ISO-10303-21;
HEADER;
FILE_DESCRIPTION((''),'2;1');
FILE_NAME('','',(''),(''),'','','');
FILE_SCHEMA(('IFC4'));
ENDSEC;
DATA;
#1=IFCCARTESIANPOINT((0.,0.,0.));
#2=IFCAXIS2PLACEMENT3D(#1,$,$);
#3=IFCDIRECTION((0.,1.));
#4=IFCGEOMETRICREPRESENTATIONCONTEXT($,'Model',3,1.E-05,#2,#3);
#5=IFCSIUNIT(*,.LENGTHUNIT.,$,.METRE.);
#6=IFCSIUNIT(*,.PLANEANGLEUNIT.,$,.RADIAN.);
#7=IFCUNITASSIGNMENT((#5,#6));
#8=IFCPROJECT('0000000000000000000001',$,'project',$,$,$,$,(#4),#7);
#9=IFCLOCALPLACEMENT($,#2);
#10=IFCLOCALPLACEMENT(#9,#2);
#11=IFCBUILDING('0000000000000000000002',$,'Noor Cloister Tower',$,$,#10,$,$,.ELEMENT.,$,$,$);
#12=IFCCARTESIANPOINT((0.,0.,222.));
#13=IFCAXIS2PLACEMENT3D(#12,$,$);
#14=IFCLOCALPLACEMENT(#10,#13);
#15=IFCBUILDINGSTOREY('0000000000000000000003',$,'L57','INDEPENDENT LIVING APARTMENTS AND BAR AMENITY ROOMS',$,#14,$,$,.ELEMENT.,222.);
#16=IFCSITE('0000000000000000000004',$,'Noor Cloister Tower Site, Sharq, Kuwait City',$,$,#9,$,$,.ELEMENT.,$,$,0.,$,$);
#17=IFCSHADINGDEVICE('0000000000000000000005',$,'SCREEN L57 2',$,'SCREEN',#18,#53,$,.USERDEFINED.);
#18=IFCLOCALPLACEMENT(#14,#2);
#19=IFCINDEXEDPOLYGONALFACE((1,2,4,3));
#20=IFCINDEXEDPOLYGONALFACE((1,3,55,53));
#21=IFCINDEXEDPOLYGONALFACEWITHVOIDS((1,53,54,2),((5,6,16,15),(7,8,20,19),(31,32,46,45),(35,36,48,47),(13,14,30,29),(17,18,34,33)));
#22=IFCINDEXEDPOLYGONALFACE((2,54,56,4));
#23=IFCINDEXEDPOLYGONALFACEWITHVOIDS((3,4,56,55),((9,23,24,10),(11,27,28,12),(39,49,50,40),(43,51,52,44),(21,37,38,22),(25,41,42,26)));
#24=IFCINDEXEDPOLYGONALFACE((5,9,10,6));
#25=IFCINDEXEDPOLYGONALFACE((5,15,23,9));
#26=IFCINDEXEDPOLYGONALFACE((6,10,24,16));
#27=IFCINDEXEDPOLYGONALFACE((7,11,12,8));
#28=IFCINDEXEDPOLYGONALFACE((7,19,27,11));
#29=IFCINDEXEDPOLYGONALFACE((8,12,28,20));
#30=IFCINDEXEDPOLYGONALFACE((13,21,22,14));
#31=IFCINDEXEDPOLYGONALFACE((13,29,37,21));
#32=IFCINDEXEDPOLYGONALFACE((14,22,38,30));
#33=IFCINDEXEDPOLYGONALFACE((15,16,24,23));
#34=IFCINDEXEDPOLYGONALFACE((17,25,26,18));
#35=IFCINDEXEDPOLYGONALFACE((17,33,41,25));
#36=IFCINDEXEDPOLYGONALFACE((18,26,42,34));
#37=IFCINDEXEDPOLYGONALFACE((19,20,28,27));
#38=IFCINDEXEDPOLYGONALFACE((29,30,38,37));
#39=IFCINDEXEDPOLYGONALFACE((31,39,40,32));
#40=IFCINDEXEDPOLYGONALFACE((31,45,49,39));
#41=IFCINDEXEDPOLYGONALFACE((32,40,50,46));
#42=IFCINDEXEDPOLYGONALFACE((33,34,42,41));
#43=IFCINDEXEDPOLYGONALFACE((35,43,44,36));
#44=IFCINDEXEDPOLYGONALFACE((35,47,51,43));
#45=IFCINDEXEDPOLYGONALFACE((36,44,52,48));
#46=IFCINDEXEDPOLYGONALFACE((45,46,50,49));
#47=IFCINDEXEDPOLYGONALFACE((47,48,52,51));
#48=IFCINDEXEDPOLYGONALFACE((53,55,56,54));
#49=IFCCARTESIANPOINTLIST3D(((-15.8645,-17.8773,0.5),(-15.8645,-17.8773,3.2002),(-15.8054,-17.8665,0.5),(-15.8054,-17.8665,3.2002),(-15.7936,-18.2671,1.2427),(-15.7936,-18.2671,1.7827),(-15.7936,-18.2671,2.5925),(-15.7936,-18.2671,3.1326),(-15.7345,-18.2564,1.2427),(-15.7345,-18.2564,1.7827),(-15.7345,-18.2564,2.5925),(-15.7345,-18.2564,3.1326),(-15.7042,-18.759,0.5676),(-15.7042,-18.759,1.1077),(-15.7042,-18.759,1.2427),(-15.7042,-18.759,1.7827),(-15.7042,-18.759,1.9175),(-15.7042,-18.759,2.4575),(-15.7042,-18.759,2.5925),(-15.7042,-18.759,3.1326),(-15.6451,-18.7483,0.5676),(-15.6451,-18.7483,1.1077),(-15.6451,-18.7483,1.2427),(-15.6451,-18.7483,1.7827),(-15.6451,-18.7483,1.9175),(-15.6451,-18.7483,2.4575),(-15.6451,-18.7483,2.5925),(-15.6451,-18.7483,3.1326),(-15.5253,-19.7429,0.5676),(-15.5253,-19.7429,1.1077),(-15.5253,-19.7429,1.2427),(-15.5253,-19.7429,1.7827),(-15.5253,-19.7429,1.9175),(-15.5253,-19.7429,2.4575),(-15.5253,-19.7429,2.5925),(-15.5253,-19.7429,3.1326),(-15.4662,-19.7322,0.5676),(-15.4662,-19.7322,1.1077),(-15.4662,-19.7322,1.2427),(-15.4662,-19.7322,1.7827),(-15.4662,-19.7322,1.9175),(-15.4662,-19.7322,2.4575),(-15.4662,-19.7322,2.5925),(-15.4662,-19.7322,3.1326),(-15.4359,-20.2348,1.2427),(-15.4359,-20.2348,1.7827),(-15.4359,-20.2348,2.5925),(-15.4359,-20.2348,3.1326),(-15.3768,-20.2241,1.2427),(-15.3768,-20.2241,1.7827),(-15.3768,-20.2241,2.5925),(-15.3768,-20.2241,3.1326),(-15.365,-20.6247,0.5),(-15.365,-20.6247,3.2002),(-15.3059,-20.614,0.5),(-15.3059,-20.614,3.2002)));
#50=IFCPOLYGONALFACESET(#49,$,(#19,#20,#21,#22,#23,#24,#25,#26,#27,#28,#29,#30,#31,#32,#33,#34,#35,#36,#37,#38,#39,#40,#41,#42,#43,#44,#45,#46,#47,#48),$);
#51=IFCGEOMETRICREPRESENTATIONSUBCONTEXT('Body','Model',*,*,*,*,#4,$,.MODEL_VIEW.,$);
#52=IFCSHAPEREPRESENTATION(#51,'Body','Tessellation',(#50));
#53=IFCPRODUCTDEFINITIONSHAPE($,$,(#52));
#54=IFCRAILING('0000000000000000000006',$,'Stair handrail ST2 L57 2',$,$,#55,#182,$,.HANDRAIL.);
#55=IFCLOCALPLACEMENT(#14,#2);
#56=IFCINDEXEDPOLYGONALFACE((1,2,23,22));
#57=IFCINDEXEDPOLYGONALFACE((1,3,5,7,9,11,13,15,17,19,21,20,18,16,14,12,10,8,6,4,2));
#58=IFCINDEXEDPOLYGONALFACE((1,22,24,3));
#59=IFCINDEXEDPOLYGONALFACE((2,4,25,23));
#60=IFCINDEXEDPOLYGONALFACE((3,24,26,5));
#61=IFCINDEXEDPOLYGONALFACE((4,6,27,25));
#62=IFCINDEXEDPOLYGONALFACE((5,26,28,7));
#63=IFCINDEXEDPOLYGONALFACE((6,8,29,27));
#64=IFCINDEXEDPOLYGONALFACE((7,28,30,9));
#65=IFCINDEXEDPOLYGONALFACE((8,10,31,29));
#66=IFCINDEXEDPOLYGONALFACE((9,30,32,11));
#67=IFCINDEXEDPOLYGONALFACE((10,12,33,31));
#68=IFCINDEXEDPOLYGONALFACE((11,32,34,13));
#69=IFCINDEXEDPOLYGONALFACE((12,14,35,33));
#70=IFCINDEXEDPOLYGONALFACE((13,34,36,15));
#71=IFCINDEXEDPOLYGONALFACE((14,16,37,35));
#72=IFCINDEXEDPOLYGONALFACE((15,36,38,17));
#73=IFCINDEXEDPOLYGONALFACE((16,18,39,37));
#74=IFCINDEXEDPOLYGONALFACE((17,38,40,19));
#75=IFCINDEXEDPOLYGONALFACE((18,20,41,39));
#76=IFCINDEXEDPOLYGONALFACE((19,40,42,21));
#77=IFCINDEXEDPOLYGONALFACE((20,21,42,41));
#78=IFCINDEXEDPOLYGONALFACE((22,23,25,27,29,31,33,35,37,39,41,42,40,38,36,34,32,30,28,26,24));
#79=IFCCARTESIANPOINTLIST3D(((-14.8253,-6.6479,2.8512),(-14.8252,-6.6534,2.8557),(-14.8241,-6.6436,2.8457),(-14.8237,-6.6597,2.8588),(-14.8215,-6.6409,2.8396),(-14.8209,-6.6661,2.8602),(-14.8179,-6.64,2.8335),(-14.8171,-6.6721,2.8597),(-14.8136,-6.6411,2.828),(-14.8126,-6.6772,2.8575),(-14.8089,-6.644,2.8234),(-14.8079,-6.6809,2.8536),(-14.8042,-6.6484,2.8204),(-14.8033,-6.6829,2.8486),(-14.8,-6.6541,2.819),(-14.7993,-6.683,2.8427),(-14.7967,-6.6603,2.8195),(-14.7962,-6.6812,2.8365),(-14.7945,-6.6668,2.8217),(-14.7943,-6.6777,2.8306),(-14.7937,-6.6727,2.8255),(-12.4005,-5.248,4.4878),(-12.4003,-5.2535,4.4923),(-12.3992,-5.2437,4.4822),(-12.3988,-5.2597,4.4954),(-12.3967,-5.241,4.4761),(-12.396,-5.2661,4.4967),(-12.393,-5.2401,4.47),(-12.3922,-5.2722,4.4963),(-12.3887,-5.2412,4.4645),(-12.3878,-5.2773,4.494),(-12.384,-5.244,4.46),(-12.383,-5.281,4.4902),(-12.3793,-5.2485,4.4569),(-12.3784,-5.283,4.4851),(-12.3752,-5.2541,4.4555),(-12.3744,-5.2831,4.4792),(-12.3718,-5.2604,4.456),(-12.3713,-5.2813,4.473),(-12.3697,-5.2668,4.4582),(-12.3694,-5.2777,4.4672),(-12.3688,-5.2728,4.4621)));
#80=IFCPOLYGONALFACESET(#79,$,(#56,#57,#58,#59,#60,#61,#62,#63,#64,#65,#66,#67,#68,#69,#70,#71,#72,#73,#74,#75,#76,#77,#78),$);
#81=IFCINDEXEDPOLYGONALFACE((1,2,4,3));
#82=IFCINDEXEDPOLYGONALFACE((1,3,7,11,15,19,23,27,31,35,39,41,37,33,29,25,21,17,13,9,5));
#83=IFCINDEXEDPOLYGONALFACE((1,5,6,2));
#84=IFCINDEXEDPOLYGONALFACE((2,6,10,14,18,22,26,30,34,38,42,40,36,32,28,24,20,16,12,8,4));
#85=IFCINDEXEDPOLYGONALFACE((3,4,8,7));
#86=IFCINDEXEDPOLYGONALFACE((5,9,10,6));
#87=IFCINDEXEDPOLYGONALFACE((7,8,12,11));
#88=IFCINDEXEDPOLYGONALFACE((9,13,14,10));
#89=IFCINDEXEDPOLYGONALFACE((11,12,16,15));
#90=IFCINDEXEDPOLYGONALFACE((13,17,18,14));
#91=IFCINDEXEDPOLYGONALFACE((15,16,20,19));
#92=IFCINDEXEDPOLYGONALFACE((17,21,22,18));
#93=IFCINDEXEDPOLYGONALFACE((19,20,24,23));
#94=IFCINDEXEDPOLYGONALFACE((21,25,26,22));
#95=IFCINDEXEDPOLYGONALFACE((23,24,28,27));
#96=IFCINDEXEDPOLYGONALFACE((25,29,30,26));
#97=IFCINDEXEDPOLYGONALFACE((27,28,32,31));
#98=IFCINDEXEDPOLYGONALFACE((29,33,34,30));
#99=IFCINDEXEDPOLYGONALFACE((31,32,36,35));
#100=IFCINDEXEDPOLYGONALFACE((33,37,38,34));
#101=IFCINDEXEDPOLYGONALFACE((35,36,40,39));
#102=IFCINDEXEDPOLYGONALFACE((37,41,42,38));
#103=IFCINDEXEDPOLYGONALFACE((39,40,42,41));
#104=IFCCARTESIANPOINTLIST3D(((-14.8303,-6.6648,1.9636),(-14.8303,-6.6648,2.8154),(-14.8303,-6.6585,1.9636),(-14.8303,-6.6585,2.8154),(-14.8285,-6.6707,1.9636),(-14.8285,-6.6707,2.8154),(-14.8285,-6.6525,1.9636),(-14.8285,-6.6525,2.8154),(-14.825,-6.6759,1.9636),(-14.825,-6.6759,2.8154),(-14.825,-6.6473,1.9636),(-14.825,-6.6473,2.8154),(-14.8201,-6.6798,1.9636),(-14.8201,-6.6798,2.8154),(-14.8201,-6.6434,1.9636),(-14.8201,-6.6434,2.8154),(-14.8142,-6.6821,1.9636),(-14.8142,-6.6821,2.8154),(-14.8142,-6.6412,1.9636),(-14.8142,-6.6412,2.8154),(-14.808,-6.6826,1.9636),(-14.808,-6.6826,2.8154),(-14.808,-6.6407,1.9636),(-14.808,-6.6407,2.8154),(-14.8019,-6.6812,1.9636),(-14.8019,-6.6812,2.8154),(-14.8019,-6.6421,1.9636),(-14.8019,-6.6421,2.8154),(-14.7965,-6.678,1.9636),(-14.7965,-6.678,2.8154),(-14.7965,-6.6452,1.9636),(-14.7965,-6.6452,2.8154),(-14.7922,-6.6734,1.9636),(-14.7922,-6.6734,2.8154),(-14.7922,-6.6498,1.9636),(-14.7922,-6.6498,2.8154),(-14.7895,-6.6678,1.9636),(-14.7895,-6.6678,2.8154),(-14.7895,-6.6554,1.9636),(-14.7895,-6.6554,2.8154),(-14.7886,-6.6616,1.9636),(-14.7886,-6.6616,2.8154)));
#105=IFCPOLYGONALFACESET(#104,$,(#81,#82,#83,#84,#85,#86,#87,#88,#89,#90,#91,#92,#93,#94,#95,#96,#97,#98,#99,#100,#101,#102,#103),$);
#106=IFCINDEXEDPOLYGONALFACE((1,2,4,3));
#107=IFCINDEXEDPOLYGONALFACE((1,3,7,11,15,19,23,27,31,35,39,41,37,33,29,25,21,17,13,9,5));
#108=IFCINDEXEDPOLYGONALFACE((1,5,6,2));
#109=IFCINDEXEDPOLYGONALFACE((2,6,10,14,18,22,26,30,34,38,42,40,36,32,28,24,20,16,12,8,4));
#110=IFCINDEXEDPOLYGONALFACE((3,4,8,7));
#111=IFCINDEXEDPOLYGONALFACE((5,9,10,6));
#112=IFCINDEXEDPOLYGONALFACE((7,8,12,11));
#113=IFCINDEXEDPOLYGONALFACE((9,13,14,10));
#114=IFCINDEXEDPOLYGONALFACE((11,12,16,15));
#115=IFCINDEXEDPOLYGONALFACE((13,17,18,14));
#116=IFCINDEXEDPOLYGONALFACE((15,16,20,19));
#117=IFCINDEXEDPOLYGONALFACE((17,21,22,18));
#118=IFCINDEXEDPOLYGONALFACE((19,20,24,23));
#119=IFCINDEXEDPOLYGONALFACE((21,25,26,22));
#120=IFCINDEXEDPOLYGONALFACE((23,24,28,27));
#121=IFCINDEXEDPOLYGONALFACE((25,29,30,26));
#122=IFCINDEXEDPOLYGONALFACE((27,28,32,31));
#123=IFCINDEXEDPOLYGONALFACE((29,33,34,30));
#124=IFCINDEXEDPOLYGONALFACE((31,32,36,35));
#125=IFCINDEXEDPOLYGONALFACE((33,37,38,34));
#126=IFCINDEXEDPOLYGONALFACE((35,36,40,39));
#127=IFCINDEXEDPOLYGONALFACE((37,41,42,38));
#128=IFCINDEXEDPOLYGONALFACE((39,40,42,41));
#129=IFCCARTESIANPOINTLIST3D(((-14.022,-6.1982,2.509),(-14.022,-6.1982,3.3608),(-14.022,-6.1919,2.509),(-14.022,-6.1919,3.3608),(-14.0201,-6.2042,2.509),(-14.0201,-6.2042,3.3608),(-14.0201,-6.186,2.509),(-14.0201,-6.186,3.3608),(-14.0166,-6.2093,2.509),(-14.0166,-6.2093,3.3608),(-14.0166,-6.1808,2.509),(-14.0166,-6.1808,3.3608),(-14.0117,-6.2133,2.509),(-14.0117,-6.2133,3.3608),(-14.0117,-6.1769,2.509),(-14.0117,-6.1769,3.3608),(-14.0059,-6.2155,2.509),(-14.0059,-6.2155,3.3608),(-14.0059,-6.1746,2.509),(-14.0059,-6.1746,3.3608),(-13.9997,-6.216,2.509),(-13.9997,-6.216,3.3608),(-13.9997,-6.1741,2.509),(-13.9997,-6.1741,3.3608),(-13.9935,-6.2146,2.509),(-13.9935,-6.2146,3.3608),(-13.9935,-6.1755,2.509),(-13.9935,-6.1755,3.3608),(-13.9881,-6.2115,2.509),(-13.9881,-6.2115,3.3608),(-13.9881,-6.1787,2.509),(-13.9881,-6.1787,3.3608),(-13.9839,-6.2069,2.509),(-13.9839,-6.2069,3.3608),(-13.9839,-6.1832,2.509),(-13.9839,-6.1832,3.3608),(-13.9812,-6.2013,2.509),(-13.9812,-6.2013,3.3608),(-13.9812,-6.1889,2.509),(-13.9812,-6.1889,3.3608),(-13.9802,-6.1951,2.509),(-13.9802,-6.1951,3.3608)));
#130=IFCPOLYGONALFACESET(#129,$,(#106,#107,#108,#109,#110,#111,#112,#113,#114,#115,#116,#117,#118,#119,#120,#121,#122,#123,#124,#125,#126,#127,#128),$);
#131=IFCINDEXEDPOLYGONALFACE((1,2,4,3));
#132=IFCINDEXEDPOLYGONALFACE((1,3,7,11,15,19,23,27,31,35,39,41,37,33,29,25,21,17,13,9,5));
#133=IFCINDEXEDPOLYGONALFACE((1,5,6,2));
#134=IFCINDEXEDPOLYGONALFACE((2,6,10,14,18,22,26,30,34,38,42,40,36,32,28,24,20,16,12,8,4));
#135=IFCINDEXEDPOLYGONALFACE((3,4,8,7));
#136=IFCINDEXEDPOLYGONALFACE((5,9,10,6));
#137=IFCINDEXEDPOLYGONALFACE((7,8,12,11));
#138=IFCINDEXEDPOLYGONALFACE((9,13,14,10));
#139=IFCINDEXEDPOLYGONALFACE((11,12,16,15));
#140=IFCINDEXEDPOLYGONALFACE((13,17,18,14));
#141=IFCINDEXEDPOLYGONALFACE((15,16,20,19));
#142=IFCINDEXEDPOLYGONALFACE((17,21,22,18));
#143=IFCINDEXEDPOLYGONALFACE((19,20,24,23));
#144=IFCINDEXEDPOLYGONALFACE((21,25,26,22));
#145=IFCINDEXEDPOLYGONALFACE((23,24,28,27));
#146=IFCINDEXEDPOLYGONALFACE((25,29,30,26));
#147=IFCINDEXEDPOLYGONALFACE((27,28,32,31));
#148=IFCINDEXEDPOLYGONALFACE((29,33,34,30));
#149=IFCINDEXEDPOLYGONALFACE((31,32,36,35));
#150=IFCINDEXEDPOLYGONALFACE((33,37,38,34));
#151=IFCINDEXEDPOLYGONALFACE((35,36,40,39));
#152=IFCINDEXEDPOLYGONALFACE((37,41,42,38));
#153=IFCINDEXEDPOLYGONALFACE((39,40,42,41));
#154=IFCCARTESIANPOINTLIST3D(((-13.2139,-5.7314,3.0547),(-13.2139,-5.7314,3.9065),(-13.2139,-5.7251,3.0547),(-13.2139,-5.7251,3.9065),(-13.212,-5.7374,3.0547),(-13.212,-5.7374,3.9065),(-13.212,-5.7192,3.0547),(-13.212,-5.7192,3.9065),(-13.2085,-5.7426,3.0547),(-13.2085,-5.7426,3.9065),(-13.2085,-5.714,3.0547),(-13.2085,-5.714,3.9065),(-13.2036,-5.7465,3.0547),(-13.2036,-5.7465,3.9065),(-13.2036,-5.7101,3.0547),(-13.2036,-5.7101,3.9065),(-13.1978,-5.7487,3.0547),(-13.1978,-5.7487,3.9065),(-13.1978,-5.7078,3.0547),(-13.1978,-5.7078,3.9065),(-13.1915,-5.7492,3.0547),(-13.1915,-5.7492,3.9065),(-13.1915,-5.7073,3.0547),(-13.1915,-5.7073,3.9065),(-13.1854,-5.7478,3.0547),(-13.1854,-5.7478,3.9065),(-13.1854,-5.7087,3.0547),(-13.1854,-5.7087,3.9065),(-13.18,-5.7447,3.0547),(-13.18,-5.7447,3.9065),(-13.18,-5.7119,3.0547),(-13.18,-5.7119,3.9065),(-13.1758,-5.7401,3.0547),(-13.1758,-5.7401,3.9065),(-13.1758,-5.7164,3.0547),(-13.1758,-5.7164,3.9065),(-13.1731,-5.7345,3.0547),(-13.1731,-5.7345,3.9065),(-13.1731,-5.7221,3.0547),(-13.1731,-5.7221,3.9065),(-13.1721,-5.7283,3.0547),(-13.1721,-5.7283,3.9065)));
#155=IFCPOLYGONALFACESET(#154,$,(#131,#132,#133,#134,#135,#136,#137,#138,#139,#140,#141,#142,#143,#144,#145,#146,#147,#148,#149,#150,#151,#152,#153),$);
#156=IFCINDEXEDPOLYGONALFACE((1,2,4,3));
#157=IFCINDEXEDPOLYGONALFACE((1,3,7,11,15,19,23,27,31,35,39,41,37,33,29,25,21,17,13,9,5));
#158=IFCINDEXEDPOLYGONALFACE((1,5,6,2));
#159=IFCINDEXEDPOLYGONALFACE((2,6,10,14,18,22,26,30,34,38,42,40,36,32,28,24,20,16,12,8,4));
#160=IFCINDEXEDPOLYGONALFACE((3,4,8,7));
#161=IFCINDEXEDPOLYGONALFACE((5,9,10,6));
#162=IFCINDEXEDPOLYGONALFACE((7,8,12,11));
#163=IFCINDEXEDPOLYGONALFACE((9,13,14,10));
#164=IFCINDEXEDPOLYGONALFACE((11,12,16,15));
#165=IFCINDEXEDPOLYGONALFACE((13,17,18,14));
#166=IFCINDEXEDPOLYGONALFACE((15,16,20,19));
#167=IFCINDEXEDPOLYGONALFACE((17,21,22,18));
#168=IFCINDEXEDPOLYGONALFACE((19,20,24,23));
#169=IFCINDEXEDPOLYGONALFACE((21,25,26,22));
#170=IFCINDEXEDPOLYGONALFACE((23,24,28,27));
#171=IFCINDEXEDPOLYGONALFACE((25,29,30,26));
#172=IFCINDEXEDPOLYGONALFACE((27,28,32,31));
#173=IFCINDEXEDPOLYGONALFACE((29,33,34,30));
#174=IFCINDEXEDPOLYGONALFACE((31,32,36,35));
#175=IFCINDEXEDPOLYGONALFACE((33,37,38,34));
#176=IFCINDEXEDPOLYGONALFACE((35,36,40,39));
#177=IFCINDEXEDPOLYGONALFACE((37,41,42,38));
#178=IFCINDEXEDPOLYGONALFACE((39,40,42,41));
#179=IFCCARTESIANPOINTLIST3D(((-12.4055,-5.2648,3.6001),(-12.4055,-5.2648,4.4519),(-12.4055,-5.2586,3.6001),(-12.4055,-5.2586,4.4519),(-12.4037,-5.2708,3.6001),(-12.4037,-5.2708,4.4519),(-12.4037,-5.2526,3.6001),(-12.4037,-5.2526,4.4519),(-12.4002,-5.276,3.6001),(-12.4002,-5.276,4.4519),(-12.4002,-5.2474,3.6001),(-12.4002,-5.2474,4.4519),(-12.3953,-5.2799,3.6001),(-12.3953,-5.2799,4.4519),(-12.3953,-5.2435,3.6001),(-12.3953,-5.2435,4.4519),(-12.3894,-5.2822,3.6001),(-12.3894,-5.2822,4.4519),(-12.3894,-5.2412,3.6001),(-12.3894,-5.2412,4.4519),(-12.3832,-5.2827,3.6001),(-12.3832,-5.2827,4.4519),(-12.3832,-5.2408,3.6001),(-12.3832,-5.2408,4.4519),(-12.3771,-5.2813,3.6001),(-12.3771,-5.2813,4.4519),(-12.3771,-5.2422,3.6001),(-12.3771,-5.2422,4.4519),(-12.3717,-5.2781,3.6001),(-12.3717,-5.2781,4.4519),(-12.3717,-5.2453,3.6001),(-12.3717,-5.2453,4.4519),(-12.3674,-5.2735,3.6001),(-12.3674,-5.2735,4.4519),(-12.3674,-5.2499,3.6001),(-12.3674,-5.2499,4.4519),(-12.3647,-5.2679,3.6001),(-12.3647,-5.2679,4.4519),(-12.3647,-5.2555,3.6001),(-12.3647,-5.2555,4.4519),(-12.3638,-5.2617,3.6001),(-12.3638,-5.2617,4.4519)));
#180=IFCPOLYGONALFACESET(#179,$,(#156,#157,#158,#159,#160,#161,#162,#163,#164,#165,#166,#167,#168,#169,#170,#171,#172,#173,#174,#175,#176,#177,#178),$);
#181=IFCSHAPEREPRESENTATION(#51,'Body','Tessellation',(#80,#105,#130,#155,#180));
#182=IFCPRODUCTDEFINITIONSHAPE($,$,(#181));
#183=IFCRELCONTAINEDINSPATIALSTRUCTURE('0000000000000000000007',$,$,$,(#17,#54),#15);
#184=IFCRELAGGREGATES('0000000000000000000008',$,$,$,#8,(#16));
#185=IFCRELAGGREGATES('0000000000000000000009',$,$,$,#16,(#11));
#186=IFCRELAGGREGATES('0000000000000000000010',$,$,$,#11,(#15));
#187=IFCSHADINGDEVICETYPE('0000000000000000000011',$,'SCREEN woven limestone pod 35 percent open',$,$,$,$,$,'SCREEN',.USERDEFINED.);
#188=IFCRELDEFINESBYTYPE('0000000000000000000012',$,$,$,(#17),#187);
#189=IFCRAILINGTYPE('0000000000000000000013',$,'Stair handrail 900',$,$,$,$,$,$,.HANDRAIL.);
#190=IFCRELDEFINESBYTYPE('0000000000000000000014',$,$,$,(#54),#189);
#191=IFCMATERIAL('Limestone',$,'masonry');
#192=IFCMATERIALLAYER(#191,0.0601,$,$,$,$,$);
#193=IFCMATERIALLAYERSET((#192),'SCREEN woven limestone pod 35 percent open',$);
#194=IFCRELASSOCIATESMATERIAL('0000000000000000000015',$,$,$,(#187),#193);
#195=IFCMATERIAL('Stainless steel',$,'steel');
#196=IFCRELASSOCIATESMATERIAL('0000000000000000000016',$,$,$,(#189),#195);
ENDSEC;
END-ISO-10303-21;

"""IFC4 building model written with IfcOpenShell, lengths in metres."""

from ifc_helpers import new_model, si_unit, direction, frame, origin, origin_2d, place, context, subcontext, project, spatial, polyline, circle, outline, extrude, material, layer, layer_set, type_object, element, save


model = new_model("IFC4")

# Units and contexts
model_context = context("Model", 3, precision=1e-05, world=origin(), true_north=direction((0.0, 1.0)))
body_context = subcontext(model_context, "Body", "Model", "MODEL_VIEW")
ifc_project = project(units=[si_unit("LENGTHUNIT", "METRE"), si_unit("PLANEANGLEUNIT", "RADIAN")], contexts=[model_context])

# Site, building, storey
site_placement = place(None, origin())
site = spatial("IfcSite", under=ifc_project, at=site_placement, Name="Noor Cloister Tower Site, Sharq, Kuwait City", CompositionType="ELEMENT", RefElevation=0.0)
building_placement = place(site_placement, origin())
building = spatial("IfcBuilding", under=site, at=building_placement, Name="Noor Cloister Tower", CompositionType="ELEMENT")
storey_placement = place(building_placement, frame((0.0, 0.0, 222.0)))
storey = spatial("IfcBuildingStorey", under=building, at=storey_placement, Name="L57", Description="INDEPENDENT LIVING APARTMENTS AND BAR AMENITY ROOMS", CompositionType="ELEMENT", Elevation=222.0)

# Shading device
ifc_material_1 = material(Name="Limestone", Category="masonry")
ifc_layer_1 = layer(ifc_material_1, 0.0601)
ifc_layer_set_1 = layer_set([ifc_layer_1], Name="SCREEN woven limestone pod 35 percent open")
shading_device_type = type_object("IfcShadingDeviceType", Name="SCREEN woven limestone pod 35 percent open", ElementType="SCREEN", PredefinedType="USERDEFINED", material=ifc_layer_set_1)
shading_device_1_placement = place(storey_placement, frame((-15.5557, -19.2402, 1.8501), z_axis=(-0.98387, -0.178885, 0.0), x_axis=(0.178885, -0.98387, 0.0)))
element("IfcShadingDevice", 1, at=shading_device_1_placement, inside=storey, type_object=shading_device_type, Name="SCREEN L57 2", ObjectType="SCREEN", PredefinedType="USERDEFINED", context=body_context, shape_type="SweptSolid", body=[
    extrude(outline(polyline([(-1.3962, -1.3501), (1.3962, -1.3501), (1.3962, 1.3501), (-1.3962, 1.3501), (-1.3962, -1.3501)]), holes=[polyline([(-0.5, -1.2825), (0.5, -1.2825), (0.5, -0.7424), (-0.5, -0.7424), (-0.5, -1.2825)]), polyline([(-1.0, -0.6074), (-0.5, -0.6074), (-0.5, -0.0674), (-1.0, -0.0674), (-1.0, -0.6074)]), polyline([(0.5, -0.6074), (1.0, -0.6074), (1.0, -0.0674), (0.5, -0.0674), (0.5, -0.6074)]), polyline([(-0.5, 0.0674), (0.5, 0.0674), (0.5, 0.6074), (-0.5, 0.6074), (-0.5, 0.0674)]), polyline([(-1.0, 0.7424), (-0.5, 0.7424), (-0.5, 1.2825), (-1.0, 1.2825), (-1.0, 0.7424)]), polyline([(0.5, 0.7424), (1.0, 0.7424), (1.0, 1.2825), (0.5, 1.2825), (0.5, 0.7424)])]), origin(), (0.0, 0.0, 1.0), 0.0601),
])

# Railing
ifc_material_2 = material(Name="Stainless steel", Category="steel")
railing_type = type_object("IfcRailingType", Name="Stair handrail 900", PredefinedType="HANDRAIL", material=ifc_material_2)
railing_placement = place(storey_placement, frame((-14.8096, -6.6616, 1.9636)))
element("IfcRailing", 2, at=railing_placement, inside=storey, type_object=railing_type, Name="Stair handrail ST2 L57 2", PredefinedType="HANDRAIL", context=body_context, shape_type="SweptSolid", body=[
    extrude(circle(Radius=0.0239, at=origin_2d()), frame((0.0, 0.0, 0.876), z_axis=(0.74769, 0.431661, 0.504608), x_axis=(-0.499984, 0.866035, 0.0)), (0.0, 0.0, 1.0), 3.2432),
    extrude(circle(Radius=0.021, at=origin_2d()), origin(), (0.0, 0.0, 1.0), 0.8518),
    extrude(circle(Radius=0.021, at=origin_2d()), frame((0.8083, 0.4666, 0.5454)), (0.0, 0.0, 1.0), 0.8518),
    extrude(circle(Radius=0.021, at=origin_2d()), frame((1.6165, 0.9333, 1.0911)), (0.0, 0.0, 1.0), 0.8518),
    extrude(circle(Radius=0.021, at=origin_2d()), frame((2.4248, 1.3999, 1.6365)), (0.0, 0.0, 1.0), 0.8518),
])

save(model, "model.ifc")
